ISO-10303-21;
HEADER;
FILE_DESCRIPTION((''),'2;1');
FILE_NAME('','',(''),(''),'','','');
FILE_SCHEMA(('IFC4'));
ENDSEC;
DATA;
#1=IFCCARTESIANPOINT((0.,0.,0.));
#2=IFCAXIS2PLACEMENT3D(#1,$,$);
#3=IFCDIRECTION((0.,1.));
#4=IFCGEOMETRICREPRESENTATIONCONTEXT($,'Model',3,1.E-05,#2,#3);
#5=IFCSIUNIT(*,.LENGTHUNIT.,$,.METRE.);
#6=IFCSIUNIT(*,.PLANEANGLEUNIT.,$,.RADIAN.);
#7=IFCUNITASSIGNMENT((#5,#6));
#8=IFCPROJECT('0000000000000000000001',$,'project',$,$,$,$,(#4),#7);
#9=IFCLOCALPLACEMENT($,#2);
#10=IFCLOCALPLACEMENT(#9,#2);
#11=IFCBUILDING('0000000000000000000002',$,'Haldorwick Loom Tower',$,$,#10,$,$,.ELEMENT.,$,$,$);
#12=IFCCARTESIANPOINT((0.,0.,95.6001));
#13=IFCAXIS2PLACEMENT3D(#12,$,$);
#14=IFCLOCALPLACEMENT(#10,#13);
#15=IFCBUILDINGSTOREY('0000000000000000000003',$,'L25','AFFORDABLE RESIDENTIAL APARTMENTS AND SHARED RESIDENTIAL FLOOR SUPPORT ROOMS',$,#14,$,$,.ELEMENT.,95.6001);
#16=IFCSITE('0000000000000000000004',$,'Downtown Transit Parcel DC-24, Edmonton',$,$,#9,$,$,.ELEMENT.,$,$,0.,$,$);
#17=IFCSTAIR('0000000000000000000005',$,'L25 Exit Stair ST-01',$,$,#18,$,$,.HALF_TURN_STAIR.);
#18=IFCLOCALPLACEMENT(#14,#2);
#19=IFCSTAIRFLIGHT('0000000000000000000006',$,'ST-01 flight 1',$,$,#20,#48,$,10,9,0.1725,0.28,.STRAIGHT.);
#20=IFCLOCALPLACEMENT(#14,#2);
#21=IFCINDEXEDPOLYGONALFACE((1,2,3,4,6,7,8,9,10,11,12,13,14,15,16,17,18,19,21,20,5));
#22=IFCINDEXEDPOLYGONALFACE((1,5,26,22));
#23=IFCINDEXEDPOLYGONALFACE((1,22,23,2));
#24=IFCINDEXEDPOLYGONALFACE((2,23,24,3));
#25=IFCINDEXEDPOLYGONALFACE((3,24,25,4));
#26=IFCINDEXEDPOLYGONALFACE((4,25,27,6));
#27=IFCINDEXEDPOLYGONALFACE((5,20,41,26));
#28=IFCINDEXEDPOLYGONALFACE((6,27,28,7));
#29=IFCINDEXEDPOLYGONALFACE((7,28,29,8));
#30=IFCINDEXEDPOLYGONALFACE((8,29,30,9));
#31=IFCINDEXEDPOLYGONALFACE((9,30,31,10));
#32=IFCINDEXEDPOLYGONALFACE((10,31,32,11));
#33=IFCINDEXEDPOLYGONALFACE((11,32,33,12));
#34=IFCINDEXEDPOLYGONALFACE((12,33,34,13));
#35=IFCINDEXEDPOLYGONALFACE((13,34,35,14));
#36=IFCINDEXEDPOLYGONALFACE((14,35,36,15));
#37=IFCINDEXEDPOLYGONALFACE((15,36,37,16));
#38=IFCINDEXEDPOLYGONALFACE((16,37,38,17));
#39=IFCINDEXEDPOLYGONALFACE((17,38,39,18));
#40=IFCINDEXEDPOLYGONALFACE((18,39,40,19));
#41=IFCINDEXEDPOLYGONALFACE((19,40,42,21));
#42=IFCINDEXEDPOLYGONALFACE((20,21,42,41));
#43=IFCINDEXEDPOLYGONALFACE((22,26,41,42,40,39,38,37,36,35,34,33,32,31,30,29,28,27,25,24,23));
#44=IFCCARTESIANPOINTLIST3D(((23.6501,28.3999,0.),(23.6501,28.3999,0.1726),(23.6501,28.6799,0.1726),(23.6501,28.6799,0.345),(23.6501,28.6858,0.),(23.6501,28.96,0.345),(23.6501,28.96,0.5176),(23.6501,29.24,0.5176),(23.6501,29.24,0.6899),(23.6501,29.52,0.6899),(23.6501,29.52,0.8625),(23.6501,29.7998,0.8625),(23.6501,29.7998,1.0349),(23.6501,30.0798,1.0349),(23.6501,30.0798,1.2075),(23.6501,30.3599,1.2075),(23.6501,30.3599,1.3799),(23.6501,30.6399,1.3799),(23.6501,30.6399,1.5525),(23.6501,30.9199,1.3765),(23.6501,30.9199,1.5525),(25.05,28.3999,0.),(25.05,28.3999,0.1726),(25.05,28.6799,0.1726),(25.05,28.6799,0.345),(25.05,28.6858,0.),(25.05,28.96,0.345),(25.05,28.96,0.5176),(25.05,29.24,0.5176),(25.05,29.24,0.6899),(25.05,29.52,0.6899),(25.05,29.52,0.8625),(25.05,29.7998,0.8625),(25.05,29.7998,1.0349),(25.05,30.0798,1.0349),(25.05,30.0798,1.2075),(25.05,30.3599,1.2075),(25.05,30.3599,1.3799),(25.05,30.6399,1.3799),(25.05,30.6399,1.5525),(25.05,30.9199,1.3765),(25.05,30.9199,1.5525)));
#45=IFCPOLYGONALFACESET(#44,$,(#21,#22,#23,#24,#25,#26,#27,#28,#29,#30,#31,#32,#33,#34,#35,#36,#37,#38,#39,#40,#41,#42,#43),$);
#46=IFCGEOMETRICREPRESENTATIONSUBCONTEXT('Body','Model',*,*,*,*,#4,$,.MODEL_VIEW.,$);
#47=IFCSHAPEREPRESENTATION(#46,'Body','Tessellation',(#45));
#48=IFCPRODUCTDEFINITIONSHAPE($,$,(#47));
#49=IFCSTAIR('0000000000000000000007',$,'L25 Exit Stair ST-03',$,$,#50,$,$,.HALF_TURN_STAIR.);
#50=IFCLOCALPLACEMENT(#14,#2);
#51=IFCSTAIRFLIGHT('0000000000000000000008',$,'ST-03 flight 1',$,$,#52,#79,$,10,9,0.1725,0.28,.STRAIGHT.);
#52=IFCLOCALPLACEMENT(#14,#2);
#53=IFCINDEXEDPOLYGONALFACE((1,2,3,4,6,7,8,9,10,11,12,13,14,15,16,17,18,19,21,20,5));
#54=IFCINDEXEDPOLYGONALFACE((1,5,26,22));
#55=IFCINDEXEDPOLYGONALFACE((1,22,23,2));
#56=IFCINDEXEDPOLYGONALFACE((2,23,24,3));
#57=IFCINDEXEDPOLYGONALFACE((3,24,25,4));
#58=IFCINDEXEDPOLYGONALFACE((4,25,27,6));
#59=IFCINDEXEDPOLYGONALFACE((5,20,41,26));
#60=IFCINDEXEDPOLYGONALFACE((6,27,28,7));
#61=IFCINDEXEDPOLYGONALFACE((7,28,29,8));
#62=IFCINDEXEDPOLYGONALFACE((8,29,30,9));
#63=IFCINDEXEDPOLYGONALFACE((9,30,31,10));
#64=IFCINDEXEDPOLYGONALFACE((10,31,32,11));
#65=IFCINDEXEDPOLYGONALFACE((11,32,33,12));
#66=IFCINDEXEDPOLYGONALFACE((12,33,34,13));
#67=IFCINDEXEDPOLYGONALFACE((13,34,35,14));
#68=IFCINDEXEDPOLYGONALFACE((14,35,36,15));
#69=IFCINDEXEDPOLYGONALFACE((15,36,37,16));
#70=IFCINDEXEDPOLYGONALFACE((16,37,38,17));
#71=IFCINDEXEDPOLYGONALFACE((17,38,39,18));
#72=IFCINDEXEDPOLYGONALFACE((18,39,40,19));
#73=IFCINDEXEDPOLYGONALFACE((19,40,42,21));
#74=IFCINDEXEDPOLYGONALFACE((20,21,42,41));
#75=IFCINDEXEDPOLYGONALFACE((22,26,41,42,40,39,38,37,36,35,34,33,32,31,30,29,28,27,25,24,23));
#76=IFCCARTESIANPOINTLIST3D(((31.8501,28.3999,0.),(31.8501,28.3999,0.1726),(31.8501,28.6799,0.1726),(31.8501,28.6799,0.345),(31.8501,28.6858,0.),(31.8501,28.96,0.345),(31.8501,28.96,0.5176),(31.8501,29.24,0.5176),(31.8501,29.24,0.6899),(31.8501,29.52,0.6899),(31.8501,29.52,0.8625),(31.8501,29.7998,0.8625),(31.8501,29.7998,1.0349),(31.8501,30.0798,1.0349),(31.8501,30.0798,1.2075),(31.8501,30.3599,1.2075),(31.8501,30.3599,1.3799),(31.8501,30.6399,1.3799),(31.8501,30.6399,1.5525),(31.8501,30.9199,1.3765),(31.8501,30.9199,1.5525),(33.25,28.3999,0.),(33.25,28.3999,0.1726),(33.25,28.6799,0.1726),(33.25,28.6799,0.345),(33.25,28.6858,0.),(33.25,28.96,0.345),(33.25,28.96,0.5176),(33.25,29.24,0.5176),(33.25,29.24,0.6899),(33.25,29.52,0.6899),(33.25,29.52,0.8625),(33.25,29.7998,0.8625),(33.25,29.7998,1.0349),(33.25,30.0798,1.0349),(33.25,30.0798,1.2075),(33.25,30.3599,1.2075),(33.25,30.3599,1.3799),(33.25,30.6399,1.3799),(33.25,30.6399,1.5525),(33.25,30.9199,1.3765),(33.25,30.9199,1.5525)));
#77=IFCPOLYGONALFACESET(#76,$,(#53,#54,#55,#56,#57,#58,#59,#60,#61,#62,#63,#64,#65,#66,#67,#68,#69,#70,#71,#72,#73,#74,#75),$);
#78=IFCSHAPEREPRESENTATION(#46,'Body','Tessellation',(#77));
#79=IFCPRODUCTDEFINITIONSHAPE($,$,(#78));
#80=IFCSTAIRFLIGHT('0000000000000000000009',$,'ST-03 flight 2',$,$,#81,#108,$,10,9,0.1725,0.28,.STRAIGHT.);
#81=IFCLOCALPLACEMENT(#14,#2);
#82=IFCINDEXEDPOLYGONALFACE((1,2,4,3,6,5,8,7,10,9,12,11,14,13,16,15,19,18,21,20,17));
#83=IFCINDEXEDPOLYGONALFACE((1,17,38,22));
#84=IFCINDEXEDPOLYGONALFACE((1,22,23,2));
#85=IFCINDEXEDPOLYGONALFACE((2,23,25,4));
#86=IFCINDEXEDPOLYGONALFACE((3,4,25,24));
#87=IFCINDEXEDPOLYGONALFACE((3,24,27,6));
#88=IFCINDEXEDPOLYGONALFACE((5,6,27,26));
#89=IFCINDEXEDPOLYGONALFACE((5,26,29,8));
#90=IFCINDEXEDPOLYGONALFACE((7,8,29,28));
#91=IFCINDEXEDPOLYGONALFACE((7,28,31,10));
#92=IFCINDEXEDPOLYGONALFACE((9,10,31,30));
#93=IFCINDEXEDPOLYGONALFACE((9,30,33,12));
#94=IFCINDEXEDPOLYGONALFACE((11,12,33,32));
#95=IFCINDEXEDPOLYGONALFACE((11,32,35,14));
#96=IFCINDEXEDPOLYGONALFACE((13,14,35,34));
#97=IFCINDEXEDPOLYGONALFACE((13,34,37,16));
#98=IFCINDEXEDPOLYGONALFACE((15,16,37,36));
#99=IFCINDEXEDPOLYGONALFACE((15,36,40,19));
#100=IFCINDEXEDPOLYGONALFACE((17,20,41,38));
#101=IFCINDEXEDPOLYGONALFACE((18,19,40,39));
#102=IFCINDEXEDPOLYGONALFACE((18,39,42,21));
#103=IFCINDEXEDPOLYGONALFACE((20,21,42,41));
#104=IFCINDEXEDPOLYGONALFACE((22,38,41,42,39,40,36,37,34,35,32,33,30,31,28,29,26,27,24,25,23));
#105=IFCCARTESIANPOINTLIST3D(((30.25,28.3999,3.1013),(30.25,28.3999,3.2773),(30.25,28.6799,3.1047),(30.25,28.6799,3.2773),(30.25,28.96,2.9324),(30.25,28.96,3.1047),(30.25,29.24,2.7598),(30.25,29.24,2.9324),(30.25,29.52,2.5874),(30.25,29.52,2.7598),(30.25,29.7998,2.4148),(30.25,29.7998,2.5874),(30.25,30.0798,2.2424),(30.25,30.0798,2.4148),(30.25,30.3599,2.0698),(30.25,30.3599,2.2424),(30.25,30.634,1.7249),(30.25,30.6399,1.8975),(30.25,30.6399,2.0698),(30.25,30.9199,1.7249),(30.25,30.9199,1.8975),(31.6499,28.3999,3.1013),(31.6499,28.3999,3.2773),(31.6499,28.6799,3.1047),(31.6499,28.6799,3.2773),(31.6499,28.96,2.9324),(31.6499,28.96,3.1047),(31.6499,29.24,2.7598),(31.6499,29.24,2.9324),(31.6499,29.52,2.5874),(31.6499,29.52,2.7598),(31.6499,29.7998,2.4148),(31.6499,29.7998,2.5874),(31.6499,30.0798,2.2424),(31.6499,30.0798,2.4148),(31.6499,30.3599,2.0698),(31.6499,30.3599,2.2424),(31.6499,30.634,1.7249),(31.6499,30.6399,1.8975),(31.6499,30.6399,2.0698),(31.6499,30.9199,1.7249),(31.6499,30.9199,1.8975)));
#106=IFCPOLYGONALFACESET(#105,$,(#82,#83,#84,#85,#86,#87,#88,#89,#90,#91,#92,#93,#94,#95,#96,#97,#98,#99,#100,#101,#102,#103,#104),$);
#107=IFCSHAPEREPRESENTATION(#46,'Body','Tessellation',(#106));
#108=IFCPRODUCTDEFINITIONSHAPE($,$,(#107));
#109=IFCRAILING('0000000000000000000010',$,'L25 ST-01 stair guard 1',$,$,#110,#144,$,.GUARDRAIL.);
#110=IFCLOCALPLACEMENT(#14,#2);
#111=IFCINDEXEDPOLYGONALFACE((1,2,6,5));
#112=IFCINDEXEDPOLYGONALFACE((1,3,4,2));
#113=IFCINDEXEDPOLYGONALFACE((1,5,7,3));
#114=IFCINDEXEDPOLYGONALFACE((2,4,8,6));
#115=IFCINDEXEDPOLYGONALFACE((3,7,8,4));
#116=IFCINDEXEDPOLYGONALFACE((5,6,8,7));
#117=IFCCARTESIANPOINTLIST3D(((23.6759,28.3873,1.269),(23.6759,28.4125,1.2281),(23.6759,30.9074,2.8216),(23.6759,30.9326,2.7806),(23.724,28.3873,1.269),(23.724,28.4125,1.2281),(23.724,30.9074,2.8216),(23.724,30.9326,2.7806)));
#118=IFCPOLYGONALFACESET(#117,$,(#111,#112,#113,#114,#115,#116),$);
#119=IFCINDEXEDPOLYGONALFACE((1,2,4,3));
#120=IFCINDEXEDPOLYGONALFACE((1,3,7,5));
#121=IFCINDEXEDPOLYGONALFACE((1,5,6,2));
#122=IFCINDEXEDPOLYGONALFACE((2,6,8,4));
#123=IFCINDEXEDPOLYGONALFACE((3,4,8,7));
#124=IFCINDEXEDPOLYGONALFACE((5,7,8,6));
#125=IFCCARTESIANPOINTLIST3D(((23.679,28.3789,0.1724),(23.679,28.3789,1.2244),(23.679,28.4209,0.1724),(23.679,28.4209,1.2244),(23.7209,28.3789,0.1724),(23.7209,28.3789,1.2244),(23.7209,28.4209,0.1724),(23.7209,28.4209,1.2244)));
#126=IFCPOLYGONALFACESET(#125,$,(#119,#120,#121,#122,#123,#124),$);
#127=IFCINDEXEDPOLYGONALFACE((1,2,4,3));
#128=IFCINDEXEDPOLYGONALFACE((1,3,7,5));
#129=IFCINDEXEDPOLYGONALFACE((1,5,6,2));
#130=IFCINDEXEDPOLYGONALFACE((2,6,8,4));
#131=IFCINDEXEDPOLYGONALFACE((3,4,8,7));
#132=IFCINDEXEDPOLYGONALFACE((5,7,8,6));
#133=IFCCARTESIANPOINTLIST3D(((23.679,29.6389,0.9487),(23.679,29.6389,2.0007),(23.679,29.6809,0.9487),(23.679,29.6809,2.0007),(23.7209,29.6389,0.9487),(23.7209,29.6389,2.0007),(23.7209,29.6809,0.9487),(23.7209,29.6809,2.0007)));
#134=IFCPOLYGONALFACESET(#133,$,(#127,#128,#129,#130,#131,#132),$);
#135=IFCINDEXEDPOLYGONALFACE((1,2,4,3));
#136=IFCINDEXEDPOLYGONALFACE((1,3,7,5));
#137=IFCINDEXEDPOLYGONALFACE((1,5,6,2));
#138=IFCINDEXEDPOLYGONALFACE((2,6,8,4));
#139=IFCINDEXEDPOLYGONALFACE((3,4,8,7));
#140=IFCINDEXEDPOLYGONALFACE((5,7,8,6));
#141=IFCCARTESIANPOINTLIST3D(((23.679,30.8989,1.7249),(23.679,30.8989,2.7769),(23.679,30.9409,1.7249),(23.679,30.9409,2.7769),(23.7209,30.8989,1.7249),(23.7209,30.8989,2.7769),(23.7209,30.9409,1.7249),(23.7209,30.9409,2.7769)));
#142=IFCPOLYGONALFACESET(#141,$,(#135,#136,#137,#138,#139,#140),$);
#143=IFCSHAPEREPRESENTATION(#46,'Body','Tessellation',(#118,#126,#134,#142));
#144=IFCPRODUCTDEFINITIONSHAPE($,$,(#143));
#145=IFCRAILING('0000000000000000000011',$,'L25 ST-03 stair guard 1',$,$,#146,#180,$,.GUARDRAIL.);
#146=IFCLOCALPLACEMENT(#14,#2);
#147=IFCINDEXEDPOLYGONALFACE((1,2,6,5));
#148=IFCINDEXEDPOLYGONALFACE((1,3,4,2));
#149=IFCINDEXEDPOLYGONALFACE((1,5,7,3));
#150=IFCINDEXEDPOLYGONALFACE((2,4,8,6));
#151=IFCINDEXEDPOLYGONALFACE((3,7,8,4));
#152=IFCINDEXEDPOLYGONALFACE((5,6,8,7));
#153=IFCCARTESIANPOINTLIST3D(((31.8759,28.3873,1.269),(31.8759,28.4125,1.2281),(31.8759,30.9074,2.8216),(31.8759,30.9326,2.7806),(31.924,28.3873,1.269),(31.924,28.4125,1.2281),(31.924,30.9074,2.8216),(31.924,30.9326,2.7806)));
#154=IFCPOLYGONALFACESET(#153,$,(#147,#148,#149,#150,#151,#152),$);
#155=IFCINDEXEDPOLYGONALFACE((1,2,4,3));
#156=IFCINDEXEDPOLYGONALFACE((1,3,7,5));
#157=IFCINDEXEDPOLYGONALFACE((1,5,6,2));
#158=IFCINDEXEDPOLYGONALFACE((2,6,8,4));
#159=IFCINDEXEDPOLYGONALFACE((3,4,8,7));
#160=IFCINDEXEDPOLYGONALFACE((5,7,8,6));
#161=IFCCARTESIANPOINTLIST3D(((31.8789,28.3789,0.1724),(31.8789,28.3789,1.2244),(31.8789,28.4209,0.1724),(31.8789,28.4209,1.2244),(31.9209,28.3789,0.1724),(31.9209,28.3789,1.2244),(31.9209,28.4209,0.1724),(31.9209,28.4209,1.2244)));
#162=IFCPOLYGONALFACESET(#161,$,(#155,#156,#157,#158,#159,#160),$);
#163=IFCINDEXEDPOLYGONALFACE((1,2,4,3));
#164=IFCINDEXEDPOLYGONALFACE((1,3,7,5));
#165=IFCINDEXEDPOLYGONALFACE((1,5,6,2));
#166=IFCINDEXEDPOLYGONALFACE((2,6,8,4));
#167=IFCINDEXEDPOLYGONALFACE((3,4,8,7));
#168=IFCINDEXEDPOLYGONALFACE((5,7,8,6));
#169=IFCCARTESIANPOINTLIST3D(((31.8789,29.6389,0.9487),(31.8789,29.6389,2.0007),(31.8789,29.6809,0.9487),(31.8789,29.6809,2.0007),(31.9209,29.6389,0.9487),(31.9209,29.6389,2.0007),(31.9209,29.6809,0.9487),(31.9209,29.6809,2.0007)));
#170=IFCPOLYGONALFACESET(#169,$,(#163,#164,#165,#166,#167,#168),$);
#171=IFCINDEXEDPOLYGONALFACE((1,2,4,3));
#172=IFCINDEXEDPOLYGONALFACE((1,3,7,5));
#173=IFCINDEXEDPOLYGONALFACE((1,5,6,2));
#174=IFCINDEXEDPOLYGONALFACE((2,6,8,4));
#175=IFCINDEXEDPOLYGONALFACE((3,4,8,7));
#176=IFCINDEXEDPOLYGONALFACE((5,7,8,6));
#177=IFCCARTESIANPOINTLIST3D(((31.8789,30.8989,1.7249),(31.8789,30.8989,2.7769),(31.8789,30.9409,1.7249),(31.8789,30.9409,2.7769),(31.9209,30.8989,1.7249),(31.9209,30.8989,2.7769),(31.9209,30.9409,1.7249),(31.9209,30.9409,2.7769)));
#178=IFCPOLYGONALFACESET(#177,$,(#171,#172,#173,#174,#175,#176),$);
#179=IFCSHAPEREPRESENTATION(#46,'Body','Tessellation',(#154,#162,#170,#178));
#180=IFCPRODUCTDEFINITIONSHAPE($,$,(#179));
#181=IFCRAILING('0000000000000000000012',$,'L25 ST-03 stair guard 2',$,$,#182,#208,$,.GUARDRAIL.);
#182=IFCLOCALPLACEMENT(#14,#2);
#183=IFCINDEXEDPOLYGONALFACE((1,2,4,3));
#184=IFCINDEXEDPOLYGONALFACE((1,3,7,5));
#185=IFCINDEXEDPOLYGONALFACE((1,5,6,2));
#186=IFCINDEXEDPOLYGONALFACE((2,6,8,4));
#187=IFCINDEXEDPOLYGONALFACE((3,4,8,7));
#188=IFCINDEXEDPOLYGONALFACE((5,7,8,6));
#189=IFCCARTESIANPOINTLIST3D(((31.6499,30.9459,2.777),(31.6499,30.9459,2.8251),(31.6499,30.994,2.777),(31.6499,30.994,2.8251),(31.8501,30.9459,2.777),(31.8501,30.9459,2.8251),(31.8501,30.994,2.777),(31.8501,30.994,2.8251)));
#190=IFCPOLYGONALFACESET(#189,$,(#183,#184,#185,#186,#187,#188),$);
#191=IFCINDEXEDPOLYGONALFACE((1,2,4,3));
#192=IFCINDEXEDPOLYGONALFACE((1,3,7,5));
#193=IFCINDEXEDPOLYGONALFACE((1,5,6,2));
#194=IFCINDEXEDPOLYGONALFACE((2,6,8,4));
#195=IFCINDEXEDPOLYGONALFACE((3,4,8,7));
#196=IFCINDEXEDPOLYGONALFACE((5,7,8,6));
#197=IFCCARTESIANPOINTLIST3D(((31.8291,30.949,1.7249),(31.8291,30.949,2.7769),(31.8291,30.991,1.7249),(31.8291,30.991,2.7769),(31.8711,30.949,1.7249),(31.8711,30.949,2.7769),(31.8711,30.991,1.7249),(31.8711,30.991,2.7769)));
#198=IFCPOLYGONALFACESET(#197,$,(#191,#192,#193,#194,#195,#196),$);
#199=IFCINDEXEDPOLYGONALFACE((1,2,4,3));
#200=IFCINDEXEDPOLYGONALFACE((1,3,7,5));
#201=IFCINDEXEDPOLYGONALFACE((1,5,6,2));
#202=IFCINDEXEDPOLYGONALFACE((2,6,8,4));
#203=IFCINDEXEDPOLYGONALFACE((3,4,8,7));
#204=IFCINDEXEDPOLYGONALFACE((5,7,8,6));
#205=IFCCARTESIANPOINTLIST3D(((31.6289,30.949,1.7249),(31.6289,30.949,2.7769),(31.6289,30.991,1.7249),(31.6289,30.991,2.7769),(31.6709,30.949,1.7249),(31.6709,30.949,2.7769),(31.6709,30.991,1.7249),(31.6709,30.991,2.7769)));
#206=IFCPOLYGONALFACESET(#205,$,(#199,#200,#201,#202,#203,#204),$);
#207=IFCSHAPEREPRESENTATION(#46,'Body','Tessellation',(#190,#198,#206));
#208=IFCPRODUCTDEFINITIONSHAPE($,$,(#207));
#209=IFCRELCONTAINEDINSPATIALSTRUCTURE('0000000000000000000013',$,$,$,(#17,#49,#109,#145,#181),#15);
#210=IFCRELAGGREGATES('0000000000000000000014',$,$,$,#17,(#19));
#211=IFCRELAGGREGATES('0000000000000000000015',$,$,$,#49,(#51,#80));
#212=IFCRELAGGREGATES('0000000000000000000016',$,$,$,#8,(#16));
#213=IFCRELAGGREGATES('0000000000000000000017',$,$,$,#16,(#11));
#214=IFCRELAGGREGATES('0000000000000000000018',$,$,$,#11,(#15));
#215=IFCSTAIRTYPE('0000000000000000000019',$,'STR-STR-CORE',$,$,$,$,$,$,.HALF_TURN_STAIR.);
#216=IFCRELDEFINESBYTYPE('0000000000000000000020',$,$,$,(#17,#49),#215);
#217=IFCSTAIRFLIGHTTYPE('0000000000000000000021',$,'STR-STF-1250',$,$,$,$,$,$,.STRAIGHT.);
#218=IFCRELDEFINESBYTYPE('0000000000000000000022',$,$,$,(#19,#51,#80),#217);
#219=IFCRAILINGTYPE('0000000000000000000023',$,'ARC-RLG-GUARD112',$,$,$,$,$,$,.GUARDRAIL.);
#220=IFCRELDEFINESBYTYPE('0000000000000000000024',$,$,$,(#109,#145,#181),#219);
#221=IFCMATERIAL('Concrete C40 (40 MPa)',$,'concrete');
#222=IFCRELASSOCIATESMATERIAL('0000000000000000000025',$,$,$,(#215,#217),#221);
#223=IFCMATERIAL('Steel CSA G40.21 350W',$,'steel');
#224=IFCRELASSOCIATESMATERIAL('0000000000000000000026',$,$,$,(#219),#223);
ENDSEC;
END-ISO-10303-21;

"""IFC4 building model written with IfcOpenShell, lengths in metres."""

from ifc_helpers import new_model, si_unit, direction, frame, origin, origin_2d, place, context, subcontext, project, spatial, polyline, rectangle, outline, extrude, material, type_object, element, aggregate, save


model = new_model("IFC4")

# Units and contexts
model_context = context("Model", 3, precision=1e-05, world=origin(), true_north=direction((0.0, 1.0)))
body_context = subcontext(model_context, "Body", "Model", "MODEL_VIEW")
ifc_project = project(units=[si_unit("LENGTHUNIT", "METRE"), si_unit("PLANEANGLEUNIT", "RADIAN")], contexts=[model_context])

# Site, building, storey
site_placement = place(None, origin())
site = spatial("IfcSite", under=ifc_project, at=site_placement, Name="Downtown Transit Parcel DC-24, Edmonton", CompositionType="ELEMENT", RefElevation=0.0)
building_placement = place(site_placement, origin())
building = spatial("IfcBuilding", under=site, at=building_placement, Name="Haldorwick Loom Tower", CompositionType="ELEMENT")
storey_placement = place(building_placement, frame((0.0, 0.0, 95.6001)))
storey = spatial("IfcBuildingStorey", under=building, at=storey_placement, Name="L25", Description="AFFORDABLE RESIDENTIAL APARTMENTS AND SHARED RESIDENTIAL FLOOR SUPPORT ROOMS", CompositionType="ELEMENT", Elevation=95.6001)

# Shared definitions
ifc_material_1 = material(Name="Steel CSA G40.21 350W", Category="steel")

# Stair, stair flight
ifc_material_2 = material(Name="Concrete C40 (40 MPa)", Category="concrete")
stair_type = type_object("IfcStairType", Name="STR-STR-CORE", PredefinedType="HALF_TURN_STAIR", material=ifc_material_2)
stair_1_placement = place(storey_placement, origin())
stair_1 = element("IfcStair", 1, at=stair_1_placement, inside=storey, type_object=stair_type, Name="L25 Exit Stair ST-01", PredefinedType="HALF_TURN_STAIR")
stair_flight_type = type_object("IfcStairFlightType", Name="STR-STF-1250", PredefinedType="STRAIGHT", material=ifc_material_2)
stair_flight_1_placement = place(storey_placement, frame((24.3501, 28.3999, 0.0), z_axis=(0.0, 0.0, 1.0), x_axis=(0.0, 1.0, 0.0)))
stair_flight_1 = element("IfcStairFlight", 2, at=stair_flight_1_placement, type_object=stair_flight_type, Name="ST-01 flight 1", NumberOfRisers=10, NumberOfTreads=9, PredefinedType="STRAIGHT", RiserHeight=0.1725, TreadLength=0.28, context=body_context, shape_type="SweptSolid", body=[
    extrude(outline(polyline([(0.0, 0.0), (0.0, 0.1726), (0.28, 0.1726), (0.28, 0.345), (0.5601, 0.345), (0.5601, 0.5176), (0.8401, 0.5176), (0.8401, 0.6899), (1.1201, 0.6899), (1.1201, 0.8625), (1.3999, 0.8625), (1.3999, 1.0349), (1.6799, 1.0349), (1.6799, 1.2075), (1.96, 1.2075), (1.96, 1.3799), (2.24, 1.3799), (2.24, 1.5525), (2.52, 1.5525), (2.52, 1.7251), (2.52, 1.3765), (0.2859, 0.0), (0.0, 0.0)])), frame((0.0, 0.7, 0.0), z_axis=(0.0, -1.0, 0.0), x_axis=(1.0, 0.0, 0.0)), (0.0, 0.0, 1.0), 1.3999),
])
aggregate(stair_1, [stair_flight_1])

# Stair, stair flights
stair_2_placement = place(storey_placement, origin())
stair_2 = element("IfcStair", 3, at=stair_2_placement, inside=storey, type_object=stair_type, Name="L25 Exit Stair ST-03", PredefinedType="HALF_TURN_STAIR")
stair_flight_2_placement = place(storey_placement, frame((32.55, 28.3999, 0.0), z_axis=(0.0, 0.0, 1.0), x_axis=(0.0, 1.0, 0.0)))
stair_flight_2 = element("IfcStairFlight", 4, at=stair_flight_2_placement, type_object=stair_flight_type, Name="ST-03 flight 1", NumberOfRisers=10, NumberOfTreads=9, PredefinedType="STRAIGHT", RiserHeight=0.1725, TreadLength=0.28, context=body_context, shape_type="SweptSolid", body=[
    extrude(outline(polyline([(0.0, 0.0), (0.0, 0.1726), (0.28, 0.1726), (0.28, 0.345), (0.5601, 0.345), (0.5601, 0.5176), (0.8401, 0.5176), (0.8401, 0.6899), (1.1201, 0.6899), (1.1201, 0.8625), (1.3999, 0.8625), (1.3999, 1.0349), (1.6799, 1.0349), (1.6799, 1.2075), (1.96, 1.2075), (1.96, 1.3799), (2.24, 1.3799), (2.24, 1.5525), (2.52, 1.5525), (2.52, 1.7251), (2.52, 1.3765), (0.2859, 0.0), (0.0, 0.0)])), frame((0.0, 0.7, 0.0), z_axis=(0.0, -1.0, 0.0), x_axis=(1.0, 0.0, 0.0)), (0.0, 0.0, 1.0), 1.3999),
])
stair_flight_3_placement = place(storey_placement, frame((30.95, 30.9199, 1.7249), z_axis=(0.0, 0.0, 1.0), x_axis=(0.0, -1.0, 0.0)))
stair_flight_3 = element("IfcStairFlight", 5, at=stair_flight_3_placement, type_object=stair_flight_type, Name="ST-03 flight 2", NumberOfRisers=10, NumberOfTreads=9, PredefinedType="STRAIGHT", RiserHeight=0.1725, TreadLength=0.28, context=body_context, shape_type="SweptSolid", body=[
    extrude(outline(polyline([(0.0, 0.0), (0.0, 0.1726), (0.28, 0.1726), (0.28, 0.345), (0.5601, 0.345), (0.5601, 0.5176), (0.8401, 0.5176), (0.8401, 0.6899), (1.1201, 0.6899), (1.1201, 0.8625), (1.3999, 0.8625), (1.3999, 1.0349), (1.6799, 1.0349), (1.6799, 1.2075), (1.96, 1.2075), (1.96, 1.3799), (2.24, 1.3799), (2.24, 1.5525), (2.52, 1.5525), (2.52, 1.7251), (2.52, 1.3765), (0.2859, 0.0), (0.0, 0.0)])), frame((0.0, 0.7, 0.0), z_axis=(0.0, -1.0, 0.0), x_axis=(1.0, 0.0, 0.0)), (0.0, 0.0, 1.0), 1.3999),
])
aggregate(stair_2, [stair_flight_2, stair_flight_3])

# Railings
railing_type_1 = type_object("IfcRailingType", Name="ARC-RLG-GUARD112", PredefinedType="GUARDRAIL", material=ifc_material_1)
for number, where, name in (
    (6, (23.7, 28.3999, 0.1724), "L25 ST-01 stair guard 1"),
    (7, (31.8999, 28.3999, 0.1724), "L25 ST-03 stair guard 1"),
):
    element("IfcRailing", number, at=place(storey_placement, frame(where)), inside=storey, type_object=railing_type_1, Name=name, PredefinedType="GUARDRAIL", context=body_context, shape_type="SweptSolid", body=[
        extrude(rectangle(XDim=0.0481, YDim=0.0481, at=origin_2d()), frame((0.0, 0.0, 1.0762), z_axis=(0.0, 0.8514, 0.524516), x_axis=(-1.0, 0.0, 0.0)), (0.0, 0.0, 1.0), 2.96),
        extrude(rectangle(XDim=0.042, YDim=0.042, at=origin_2d()), origin(), (0.0, 0.0, 1.0), 1.052),
        extrude(rectangle(XDim=0.042, YDim=0.042, at=origin_2d()), frame((0.0, 1.26, 0.7764)), (0.0, 0.0, 1.0), 1.052),
        extrude(rectangle(XDim=0.042, YDim=0.042, at=origin_2d()), frame((0.0, 2.52, 1.5525)), (0.0, 0.0, 1.0), 1.052),
    ])
railing_1_placement = place(storey_placement, frame((31.8501, 30.97, 1.7249)))
element("IfcRailing", 8, at=railing_1_placement, inside=storey, type_object=railing_type_1, Name="L25 ST-03 stair guard 2", PredefinedType="GUARDRAIL", context=body_context, shape_type="SweptSolid", body=[
    extrude(rectangle(XDim=0.0481, YDim=0.0481, at=origin_2d()), frame((0.0, 0.0, 1.0762), z_axis=(-1.0, 0.0, 0.0), x_axis=(0.0, -1.0, 0.0)), (0.0, 0.0, 1.0), 0.2002),
    extrude(rectangle(XDim=0.042, YDim=0.042, at=origin_2d()), origin(), (0.0, 0.0, 1.0), 1.052),
    extrude(rectangle(XDim=0.042, YDim=0.042, at=origin_2d()), frame((-0.2002, 0.0, 0.0)), (0.0, 0.0, 1.0), 1.052),
])

save(model, "model.ifc")
